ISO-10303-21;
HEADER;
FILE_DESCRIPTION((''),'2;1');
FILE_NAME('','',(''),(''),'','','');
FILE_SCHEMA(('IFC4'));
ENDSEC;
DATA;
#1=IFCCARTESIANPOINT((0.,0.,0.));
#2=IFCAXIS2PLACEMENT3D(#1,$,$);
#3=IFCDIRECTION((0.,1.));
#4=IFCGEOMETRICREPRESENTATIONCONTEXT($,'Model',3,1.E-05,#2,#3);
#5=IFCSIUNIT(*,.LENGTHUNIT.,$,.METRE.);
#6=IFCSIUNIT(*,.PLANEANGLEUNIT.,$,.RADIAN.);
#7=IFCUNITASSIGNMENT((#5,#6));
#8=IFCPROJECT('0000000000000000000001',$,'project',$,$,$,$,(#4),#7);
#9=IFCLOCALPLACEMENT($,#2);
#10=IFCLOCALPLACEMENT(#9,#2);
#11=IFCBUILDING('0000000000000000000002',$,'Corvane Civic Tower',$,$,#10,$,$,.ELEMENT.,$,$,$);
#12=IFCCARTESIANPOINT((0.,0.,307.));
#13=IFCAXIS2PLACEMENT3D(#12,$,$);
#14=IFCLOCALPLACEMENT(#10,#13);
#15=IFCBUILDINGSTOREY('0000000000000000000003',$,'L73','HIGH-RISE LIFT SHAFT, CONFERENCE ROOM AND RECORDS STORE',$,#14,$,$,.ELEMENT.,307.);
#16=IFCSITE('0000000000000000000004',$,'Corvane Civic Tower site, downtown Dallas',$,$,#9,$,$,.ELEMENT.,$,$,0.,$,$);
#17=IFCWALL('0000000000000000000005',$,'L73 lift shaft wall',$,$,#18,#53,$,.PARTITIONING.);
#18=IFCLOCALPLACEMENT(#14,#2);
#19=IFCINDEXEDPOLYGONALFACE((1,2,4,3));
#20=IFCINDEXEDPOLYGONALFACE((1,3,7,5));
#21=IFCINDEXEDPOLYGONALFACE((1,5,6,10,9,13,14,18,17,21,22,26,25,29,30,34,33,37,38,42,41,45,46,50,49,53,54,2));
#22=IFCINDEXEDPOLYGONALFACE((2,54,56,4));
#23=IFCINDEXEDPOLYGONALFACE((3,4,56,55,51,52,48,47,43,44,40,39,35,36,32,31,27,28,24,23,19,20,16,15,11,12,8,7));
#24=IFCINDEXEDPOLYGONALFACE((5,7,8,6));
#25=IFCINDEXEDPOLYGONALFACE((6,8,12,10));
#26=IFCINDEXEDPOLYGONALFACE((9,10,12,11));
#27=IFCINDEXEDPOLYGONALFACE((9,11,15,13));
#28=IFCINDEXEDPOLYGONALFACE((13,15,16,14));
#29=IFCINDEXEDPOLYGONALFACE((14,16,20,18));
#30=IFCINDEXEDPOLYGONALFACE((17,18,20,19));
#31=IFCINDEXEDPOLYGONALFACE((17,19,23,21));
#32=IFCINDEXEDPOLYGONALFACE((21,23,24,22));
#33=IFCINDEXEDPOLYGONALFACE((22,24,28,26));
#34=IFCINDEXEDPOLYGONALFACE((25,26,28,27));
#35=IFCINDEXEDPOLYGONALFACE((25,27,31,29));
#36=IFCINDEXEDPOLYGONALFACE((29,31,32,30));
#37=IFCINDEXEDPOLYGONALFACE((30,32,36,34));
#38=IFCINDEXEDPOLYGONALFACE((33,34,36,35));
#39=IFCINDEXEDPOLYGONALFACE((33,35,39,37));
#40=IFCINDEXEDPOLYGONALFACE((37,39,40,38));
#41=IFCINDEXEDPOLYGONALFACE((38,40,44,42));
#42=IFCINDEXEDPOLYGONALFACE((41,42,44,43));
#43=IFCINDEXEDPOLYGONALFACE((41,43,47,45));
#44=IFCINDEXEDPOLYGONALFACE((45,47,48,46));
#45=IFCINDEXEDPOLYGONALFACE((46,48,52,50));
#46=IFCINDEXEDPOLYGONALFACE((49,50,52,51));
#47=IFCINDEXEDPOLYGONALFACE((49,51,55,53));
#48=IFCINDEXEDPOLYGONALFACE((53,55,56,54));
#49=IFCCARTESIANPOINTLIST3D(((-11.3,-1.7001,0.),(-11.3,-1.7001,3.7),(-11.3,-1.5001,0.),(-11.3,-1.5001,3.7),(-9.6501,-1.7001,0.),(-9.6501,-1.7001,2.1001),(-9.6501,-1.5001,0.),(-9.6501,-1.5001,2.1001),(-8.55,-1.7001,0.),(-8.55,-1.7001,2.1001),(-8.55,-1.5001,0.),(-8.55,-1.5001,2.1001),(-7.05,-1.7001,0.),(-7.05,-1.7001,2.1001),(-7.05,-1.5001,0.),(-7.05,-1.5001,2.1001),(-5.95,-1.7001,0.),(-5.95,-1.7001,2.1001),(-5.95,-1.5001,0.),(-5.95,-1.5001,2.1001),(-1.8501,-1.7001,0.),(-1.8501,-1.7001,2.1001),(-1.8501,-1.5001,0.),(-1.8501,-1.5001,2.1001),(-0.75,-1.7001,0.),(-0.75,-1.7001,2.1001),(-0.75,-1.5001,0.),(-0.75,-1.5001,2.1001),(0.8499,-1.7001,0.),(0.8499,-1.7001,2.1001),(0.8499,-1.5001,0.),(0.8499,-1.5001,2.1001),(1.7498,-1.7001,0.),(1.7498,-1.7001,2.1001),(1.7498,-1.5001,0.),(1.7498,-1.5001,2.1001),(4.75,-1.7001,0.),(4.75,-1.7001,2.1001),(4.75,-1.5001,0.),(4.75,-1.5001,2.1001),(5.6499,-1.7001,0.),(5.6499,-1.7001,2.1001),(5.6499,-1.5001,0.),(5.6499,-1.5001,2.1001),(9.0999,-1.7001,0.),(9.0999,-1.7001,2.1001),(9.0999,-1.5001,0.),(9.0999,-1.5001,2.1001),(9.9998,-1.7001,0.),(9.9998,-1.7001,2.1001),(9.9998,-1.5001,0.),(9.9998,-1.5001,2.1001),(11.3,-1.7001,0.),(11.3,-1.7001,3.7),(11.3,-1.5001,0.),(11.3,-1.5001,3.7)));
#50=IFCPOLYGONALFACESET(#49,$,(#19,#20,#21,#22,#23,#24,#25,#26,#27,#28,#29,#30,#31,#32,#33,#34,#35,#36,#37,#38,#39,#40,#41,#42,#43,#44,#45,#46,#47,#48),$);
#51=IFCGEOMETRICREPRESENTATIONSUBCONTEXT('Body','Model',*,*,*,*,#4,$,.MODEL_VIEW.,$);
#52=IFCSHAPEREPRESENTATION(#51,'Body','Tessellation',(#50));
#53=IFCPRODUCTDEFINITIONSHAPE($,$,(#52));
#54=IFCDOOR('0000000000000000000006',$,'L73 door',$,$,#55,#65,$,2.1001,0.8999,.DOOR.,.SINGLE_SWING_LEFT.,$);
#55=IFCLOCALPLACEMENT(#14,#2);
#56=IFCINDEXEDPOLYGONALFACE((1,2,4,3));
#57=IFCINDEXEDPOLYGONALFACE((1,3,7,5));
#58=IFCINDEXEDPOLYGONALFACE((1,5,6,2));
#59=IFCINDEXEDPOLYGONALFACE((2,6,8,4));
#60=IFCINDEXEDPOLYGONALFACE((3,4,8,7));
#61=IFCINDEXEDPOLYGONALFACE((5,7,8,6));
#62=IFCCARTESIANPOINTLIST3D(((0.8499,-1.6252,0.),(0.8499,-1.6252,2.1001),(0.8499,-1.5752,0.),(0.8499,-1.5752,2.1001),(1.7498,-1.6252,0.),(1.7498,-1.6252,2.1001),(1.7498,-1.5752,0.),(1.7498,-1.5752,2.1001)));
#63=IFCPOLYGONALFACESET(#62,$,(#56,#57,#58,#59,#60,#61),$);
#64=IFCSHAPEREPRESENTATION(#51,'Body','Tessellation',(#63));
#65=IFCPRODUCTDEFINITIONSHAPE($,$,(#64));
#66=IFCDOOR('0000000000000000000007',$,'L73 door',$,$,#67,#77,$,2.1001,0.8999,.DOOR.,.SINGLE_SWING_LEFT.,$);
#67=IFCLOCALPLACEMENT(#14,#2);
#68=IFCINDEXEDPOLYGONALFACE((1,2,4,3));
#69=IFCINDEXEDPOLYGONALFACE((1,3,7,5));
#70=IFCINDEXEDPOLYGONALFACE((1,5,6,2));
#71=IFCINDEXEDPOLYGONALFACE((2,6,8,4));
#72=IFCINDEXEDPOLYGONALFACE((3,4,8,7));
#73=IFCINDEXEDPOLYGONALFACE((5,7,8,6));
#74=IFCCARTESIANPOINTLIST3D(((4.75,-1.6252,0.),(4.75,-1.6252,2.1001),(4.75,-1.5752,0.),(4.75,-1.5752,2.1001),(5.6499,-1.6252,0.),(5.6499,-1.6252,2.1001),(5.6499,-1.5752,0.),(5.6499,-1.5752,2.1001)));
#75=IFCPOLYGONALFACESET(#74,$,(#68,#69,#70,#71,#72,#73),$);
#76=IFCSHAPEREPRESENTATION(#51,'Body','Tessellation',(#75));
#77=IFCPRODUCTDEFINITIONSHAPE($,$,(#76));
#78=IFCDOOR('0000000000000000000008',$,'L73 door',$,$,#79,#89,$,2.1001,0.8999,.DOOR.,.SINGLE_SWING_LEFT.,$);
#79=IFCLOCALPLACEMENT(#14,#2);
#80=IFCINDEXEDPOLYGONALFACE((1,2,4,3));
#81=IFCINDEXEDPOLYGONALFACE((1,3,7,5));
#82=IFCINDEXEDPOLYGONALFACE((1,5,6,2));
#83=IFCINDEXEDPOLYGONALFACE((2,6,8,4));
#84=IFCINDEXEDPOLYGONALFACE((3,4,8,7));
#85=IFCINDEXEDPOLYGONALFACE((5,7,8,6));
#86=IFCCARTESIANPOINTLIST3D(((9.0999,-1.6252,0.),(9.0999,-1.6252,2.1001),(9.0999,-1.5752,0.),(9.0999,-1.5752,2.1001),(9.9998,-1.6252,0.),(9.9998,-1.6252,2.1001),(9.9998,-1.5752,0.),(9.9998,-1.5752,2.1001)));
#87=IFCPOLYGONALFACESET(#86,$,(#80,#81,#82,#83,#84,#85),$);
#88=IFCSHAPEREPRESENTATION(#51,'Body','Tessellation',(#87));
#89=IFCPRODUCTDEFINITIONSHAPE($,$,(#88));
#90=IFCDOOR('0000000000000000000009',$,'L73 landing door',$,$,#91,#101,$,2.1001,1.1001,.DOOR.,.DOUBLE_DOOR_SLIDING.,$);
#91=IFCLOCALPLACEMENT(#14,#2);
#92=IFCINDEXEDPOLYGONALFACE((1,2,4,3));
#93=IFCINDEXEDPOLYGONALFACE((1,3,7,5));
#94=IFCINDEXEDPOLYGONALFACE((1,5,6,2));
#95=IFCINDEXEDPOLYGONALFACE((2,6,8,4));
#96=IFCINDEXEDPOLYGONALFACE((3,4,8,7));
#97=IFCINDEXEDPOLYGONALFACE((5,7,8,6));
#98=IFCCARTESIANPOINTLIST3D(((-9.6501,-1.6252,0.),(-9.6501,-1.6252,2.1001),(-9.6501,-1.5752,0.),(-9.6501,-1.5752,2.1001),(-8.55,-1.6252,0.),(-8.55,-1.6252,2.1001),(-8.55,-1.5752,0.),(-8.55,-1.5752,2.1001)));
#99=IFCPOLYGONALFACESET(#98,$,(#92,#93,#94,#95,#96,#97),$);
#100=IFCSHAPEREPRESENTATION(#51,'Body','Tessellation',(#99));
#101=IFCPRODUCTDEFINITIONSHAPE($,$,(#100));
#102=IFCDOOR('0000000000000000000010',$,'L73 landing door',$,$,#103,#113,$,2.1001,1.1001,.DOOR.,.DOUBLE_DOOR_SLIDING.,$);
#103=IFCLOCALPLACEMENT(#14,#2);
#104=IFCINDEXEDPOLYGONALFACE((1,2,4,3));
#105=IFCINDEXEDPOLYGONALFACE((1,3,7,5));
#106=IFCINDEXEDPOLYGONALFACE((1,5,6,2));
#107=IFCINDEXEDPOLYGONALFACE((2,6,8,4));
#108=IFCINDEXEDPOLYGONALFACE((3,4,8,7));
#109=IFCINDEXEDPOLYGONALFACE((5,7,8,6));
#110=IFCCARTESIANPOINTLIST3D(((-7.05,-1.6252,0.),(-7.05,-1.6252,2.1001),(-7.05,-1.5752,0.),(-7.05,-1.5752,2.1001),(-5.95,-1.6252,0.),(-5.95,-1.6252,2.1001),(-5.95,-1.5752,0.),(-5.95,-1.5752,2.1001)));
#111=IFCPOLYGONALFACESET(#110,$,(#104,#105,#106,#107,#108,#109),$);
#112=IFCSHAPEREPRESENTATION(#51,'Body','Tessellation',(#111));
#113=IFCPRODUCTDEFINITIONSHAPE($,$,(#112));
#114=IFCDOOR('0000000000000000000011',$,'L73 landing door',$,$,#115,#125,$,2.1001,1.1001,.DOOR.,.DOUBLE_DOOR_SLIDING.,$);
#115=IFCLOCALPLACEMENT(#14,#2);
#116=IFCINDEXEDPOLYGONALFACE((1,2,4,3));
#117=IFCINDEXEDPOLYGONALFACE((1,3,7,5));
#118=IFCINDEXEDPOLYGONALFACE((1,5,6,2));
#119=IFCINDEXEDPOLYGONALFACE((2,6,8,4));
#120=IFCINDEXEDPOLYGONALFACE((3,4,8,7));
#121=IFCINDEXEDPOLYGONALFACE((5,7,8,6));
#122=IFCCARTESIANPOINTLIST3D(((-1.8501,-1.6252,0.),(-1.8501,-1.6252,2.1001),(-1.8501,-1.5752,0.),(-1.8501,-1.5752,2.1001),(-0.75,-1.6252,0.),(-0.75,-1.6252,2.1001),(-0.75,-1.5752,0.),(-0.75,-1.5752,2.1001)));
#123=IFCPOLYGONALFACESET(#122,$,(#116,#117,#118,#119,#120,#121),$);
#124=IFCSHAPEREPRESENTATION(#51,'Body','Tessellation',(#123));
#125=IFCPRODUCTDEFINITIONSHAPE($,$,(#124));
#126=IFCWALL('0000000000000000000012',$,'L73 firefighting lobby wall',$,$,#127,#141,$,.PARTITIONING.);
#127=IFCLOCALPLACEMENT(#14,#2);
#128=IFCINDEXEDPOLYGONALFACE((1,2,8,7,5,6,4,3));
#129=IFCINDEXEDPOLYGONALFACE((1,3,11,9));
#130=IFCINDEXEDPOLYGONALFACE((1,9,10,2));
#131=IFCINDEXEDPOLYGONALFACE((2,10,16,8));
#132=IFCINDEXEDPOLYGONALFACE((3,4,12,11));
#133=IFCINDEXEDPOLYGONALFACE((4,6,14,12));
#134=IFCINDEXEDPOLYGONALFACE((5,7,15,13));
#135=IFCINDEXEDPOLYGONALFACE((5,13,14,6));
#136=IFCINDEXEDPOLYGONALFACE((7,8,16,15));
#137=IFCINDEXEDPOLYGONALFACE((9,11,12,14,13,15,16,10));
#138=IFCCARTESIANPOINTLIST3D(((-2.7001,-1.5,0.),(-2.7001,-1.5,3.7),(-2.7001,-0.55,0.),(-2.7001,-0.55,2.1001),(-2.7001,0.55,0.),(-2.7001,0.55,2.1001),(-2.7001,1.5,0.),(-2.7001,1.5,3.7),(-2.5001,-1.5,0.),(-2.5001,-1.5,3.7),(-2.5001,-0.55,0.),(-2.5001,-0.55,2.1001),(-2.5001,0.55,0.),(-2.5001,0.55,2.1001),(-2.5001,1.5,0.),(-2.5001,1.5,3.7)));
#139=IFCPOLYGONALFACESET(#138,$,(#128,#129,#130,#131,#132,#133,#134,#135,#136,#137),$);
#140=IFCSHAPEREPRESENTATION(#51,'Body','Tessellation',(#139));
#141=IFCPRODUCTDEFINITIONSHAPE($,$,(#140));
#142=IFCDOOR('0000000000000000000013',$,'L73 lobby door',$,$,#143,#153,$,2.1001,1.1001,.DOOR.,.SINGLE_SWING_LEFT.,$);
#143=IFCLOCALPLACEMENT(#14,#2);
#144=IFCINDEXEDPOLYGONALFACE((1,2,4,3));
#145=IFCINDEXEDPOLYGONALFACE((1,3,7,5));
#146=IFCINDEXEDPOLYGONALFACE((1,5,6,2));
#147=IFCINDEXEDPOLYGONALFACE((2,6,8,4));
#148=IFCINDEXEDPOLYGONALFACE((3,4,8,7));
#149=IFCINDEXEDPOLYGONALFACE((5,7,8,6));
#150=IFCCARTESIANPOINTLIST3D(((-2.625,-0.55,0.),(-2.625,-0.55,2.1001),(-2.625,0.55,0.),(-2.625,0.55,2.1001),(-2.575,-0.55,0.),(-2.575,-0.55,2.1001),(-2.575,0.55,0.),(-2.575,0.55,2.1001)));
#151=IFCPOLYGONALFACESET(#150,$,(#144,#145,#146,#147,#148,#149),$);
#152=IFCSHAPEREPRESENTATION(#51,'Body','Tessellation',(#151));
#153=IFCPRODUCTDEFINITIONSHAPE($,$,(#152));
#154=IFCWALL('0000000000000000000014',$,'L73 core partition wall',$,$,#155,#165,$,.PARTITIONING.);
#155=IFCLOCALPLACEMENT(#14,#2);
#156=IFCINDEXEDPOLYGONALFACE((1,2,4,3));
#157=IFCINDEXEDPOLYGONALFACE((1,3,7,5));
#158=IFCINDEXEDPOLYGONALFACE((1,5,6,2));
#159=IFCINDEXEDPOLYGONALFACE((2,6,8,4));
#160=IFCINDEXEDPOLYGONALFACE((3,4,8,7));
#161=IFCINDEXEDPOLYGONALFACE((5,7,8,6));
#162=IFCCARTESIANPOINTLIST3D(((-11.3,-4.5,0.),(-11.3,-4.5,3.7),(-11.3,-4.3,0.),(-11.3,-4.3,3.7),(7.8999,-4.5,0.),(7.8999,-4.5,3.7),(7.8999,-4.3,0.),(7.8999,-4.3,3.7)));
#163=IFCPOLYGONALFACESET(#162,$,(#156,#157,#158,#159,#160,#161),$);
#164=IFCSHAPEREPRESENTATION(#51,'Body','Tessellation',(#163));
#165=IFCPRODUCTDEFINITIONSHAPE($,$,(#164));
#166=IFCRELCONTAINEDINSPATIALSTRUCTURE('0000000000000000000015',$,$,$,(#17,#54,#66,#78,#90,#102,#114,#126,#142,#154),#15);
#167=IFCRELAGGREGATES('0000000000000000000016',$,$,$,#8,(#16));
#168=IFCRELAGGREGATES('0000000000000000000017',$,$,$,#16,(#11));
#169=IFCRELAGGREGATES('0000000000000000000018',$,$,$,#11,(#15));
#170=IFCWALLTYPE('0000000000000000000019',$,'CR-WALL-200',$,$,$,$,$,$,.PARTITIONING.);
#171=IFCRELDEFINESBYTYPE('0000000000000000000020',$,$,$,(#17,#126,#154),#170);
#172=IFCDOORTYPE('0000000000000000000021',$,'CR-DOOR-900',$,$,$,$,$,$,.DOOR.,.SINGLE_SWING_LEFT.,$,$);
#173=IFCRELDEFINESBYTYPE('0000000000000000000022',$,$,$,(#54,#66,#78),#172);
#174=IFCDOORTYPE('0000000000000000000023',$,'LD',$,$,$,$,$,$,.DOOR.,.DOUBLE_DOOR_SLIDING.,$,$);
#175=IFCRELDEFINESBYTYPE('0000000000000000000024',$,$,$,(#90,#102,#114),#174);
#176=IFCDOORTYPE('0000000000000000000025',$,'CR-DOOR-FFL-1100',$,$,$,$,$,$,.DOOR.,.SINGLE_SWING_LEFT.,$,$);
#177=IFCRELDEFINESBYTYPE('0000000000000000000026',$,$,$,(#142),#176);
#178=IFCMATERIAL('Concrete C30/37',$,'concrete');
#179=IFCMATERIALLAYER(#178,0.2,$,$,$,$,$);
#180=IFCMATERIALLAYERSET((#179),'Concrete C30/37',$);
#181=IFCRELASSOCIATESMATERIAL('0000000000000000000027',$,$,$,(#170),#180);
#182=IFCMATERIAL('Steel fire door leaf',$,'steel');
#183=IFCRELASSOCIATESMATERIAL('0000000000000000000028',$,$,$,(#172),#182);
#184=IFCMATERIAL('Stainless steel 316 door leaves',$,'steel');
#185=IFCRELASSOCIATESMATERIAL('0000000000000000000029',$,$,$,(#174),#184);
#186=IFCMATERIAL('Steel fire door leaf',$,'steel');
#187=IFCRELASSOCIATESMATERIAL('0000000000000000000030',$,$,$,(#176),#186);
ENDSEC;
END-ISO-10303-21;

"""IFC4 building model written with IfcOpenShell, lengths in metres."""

from ifc_helpers import new_model, si_unit, direction, frame, frame_2d, origin, place, context, subcontext, project, spatial, polyline, rectangle, outline, extrude, material, layer, layer_set, type_object, element, fill, save


model = new_model("IFC4")

# Units and contexts
model_context = context("Model", 3, precision=1e-05, world=origin(), true_north=direction((0.0, 1.0)))
body_context = subcontext(model_context, "Body", "Model", "MODEL_VIEW")
ifc_project = project(units=[si_unit("LENGTHUNIT", "METRE"), si_unit("PLANEANGLEUNIT", "RADIAN")], contexts=[model_context])

# Site, building, storey
site_placement = place(None, origin())
site = spatial("IfcSite", under=ifc_project, at=site_placement, Name="Corvane Civic Tower site, downtown Dallas", CompositionType="ELEMENT", RefElevation=0.0)
building_placement = place(site_placement, origin())
building = spatial("IfcBuilding", under=site, at=building_placement, Name="Corvane Civic Tower", CompositionType="ELEMENT")
storey_placement = place(building_placement, frame((0.0, 0.0, 307.0)))
storey = spatial("IfcBuildingStorey", under=building, at=storey_placement, Name="L73", Description="HIGH-RISE LIFT SHAFT, CONFERENCE ROOM AND RECORDS STORE", CompositionType="ELEMENT", Elevation=307.0)

# Wall, openings, doors
ifc_material_1 = material(Name="Concrete C30/37", Category="concrete")
ifc_layer_1 = layer(ifc_material_1, 0.2)
ifc_layer_set_1 = layer_set([ifc_layer_1], Name="Concrete C30/37")
wall_type_1 = type_object("IfcWallType", Name="CR-WALL-200", PredefinedType="PARTITIONING", material=ifc_layer_set_1)
ifc_material_2 = material(Name="Steel fire door leaf", Category="steel")
door_type_1 = type_object("IfcDoorType", Name="CR-DOOR-900", OperationType="SINGLE_SWING_LEFT", PredefinedType="DOOR", material=ifc_material_2)
wall_1_placement = place(storey_placement, frame((-11.3, -1.6001, 0.0), z_axis=(0.0, 0.0, 1.0), x_axis=(1.0, 0.0, 0.0)))
wall_1 = element("IfcWall", 1, at=wall_1_placement, inside=storey, type_object=wall_type_1, Name="L73 lift shaft wall", PredefinedType="PARTITIONING", context=body_context, shape_type="SweptSolid", body=[
    extrude(rectangle(XDim=22.6001, YDim=0.2, at=frame_2d((11.3, 0.0))), origin(), (0.0, 0.0, 1.0), 3.7),
])
opening_1_placement = place(wall_1_placement, frame((1.6499, 0.0, 0.0)))
opening_1 = element("IfcOpeningElement", 2, at=opening_1_placement, cuts=wall_1, PredefinedType="OPENING", context=body_context, shape_type="SweptSolid", body=[
    extrude(rectangle(XDim=1.1001, YDim=2.1001, at=frame_2d((0.55, 1.05))), frame((0.0, 0.1099, 0.0), z_axis=(0.0, -1.0, 0.0), x_axis=(1.0, 0.0, 0.0)), (0.0, 0.0, 1.0), 0.22),
])
opening_2_placement = place(wall_1_placement, frame((4.25, 0.0, 0.0)))
opening_2 = element("IfcOpeningElement", 3, at=opening_2_placement, cuts=wall_1, PredefinedType="OPENING", context=body_context, shape_type="SweptSolid", body=[
    extrude(rectangle(XDim=1.1001, YDim=2.1001, at=frame_2d((0.55, 1.05))), frame((0.0, 0.1099, 0.0), z_axis=(0.0, -1.0, 0.0), x_axis=(1.0, 0.0, 0.0)), (0.0, 0.0, 1.0), 0.22),
])
opening_3_placement = place(wall_1_placement, frame((9.45, 0.0, 0.0)))
opening_3 = element("IfcOpeningElement", 4, at=opening_3_placement, cuts=wall_1, PredefinedType="OPENING", context=body_context, shape_type="SweptSolid", body=[
    extrude(rectangle(XDim=1.1001, YDim=2.1001, at=frame_2d((0.55, 1.05))), frame((0.0, 0.1099, 0.0), z_axis=(0.0, -1.0, 0.0), x_axis=(1.0, 0.0, 0.0)), (0.0, 0.0, 1.0), 0.22),
])
opening_4_placement = place(wall_1_placement, frame((12.1499, 0.0, 0.0)))
opening_4 = element("IfcOpeningElement", 5, at=opening_4_placement, cuts=wall_1, PredefinedType="OPENING", context=body_context, shape_type="SweptSolid", body=[
    extrude(rectangle(XDim=0.8999, YDim=2.1001, at=frame_2d((0.45, 1.05))), frame((0.0, 0.1099, 0.0), z_axis=(0.0, -1.0, 0.0), x_axis=(1.0, 0.0, 0.0)), (0.0, 0.0, 1.0), 0.22),
])
opening_5_placement = place(wall_1_placement, frame((16.05, 0.0, 0.0)))
opening_5 = element("IfcOpeningElement", 6, at=opening_5_placement, cuts=wall_1, PredefinedType="OPENING", context=body_context, shape_type="SweptSolid", body=[
    extrude(rectangle(XDim=0.8999, YDim=2.1001, at=frame_2d((0.45, 1.05))), frame((0.0, 0.1099, 0.0), z_axis=(0.0, -1.0, 0.0), x_axis=(1.0, 0.0, 0.0)), (0.0, 0.0, 1.0), 0.22),
])
opening_6_placement = place(wall_1_placement, frame((20.3999, 0.0, 0.0)))
opening_6 = element("IfcOpeningElement", 7, at=opening_6_placement, cuts=wall_1, PredefinedType="OPENING", context=body_context, shape_type="SweptSolid", body=[
    extrude(rectangle(XDim=0.8999, YDim=2.1001, at=frame_2d((0.45, 1.05))), frame((0.0, 0.1099, 0.0), z_axis=(0.0, -1.0, 0.0), x_axis=(1.0, 0.0, 0.0)), (0.0, 0.0, 1.0), 0.22),
])
door_1_placement = place(opening_4_placement, origin())
door_1 = element("IfcDoor", 8, at=door_1_placement, inside=storey, type_object=door_type_1, Name="L73 door", OperationType="SINGLE_SWING_LEFT", OverallHeight=2.1001, OverallWidth=0.8999, PredefinedType="DOOR", context=body_context, shape_type="SweptSolid", body=[
    extrude(rectangle(XDim=0.8999, YDim=2.1001, at=frame_2d((0.45, 1.05))), frame((0.0, 0.0249, 0.0), z_axis=(0.0, -1.0, 0.0), x_axis=(1.0, 0.0, 0.0)), (0.0, 0.0, 1.0), 0.05),
])
fill(opening_4, door_1)
door_2_placement = place(opening_5_placement, origin())
door_2 = element("IfcDoor", 9, at=door_2_placement, inside=storey, type_object=door_type_1, Name="L73 door", OperationType="SINGLE_SWING_LEFT", OverallHeight=2.1001, OverallWidth=0.8999, PredefinedType="DOOR", context=body_context, shape_type="SweptSolid", body=[
    extrude(rectangle(XDim=0.8999, YDim=2.1001, at=frame_2d((0.45, 1.05))), frame((0.0, 0.0249, 0.0), z_axis=(0.0, -1.0, 0.0), x_axis=(1.0, 0.0, 0.0)), (0.0, 0.0, 1.0), 0.05),
])
fill(opening_5, door_2)
door_3_placement = place(opening_6_placement, origin())
door_3 = element("IfcDoor", 10, at=door_3_placement, inside=storey, type_object=door_type_1, Name="L73 door", OperationType="SINGLE_SWING_LEFT", OverallHeight=2.1001, OverallWidth=0.8999, PredefinedType="DOOR", context=body_context, shape_type="SweptSolid", body=[
    extrude(rectangle(XDim=0.8999, YDim=2.1001, at=frame_2d((0.45, 1.05))), frame((0.0, 0.0249, 0.0), z_axis=(0.0, -1.0, 0.0), x_axis=(1.0, 0.0, 0.0)), (0.0, 0.0, 1.0), 0.05),
])
fill(opening_6, door_3)
ifc_material_3 = material(Name="Stainless steel 316 door leaves", Category="steel")
door_type_2 = type_object("IfcDoorType", Name="LD", OperationType="DOUBLE_DOOR_SLIDING", PredefinedType="DOOR", material=ifc_material_3)
door_4_placement = place(opening_1_placement, origin())
door_4 = element("IfcDoor", 11, at=door_4_placement, inside=storey, type_object=door_type_2, Name="L73 landing door", OperationType="DOUBLE_DOOR_SLIDING", OverallHeight=2.1001, OverallWidth=1.1001, PredefinedType="DOOR", context=body_context, shape_type="SweptSolid", body=[
    extrude(rectangle(XDim=1.1001, YDim=2.1001, at=frame_2d((0.55, 1.05))), frame((0.0, 0.0249, 0.0), z_axis=(0.0, -1.0, 0.0), x_axis=(1.0, 0.0, 0.0)), (0.0, 0.0, 1.0), 0.05),
])
fill(opening_1, door_4)
door_5_placement = place(opening_2_placement, origin())
door_5 = element("IfcDoor", 12, at=door_5_placement, inside=storey, type_object=door_type_2, Name="L73 landing door", OperationType="DOUBLE_DOOR_SLIDING", OverallHeight=2.1001, OverallWidth=1.1001, PredefinedType="DOOR", context=body_context, shape_type="SweptSolid", body=[
    extrude(rectangle(XDim=1.1001, YDim=2.1001, at=frame_2d((0.55, 1.05))), frame((0.0, 0.0249, 0.0), z_axis=(0.0, -1.0, 0.0), x_axis=(1.0, 0.0, 0.0)), (0.0, 0.0, 1.0), 0.05),
])
fill(opening_2, door_5)
door_6_placement = place(opening_3_placement, origin())
door_6 = element("IfcDoor", 13, at=door_6_placement, inside=storey, type_object=door_type_2, Name="L73 landing door", OperationType="DOUBLE_DOOR_SLIDING", OverallHeight=2.1001, OverallWidth=1.1001, PredefinedType="DOOR", context=body_context, shape_type="SweptSolid", body=[
    extrude(rectangle(XDim=1.1001, YDim=2.1001, at=frame_2d((0.55, 1.05))), frame((0.0, 0.0249, 0.0), z_axis=(0.0, -1.0, 0.0), x_axis=(1.0, 0.0, 0.0)), (0.0, 0.0, 1.0), 0.05),
])
fill(opening_3, door_6)

# Wall, opening, door
wall_2_placement = place(storey_placement, frame((-2.6001, -1.5, 0.0), z_axis=(0.0, 0.0, 1.0), x_axis=(0.0, 1.0, 0.0)))
wall_2 = element("IfcWall", 14, at=wall_2_placement, inside=storey, type_object=wall_type_1, Name="L73 firefighting lobby wall", PredefinedType="PARTITIONING", context=body_context, shape_type="SweptSolid", body=[
    extrude(rectangle(XDim=3.0, YDim=0.2, at=frame_2d((1.5, 0.0))), origin(), (0.0, 0.0, 1.0), 3.7),
])
opening_7_placement = place(wall_2_placement, frame((0.95, 0.0, 0.0)))
opening_7 = element("IfcOpeningElement", 15, at=opening_7_placement, cuts=wall_2, PredefinedType="OPENING", context=body_context, shape_type="SweptSolid", body=[
    extrude(rectangle(XDim=1.1001, YDim=2.1001, at=frame_2d((0.55, 1.05))), frame((0.0, 0.1099, 0.0), z_axis=(0.0, -1.0, 0.0), x_axis=(1.0, 0.0, 0.0)), (0.0, 0.0, 1.0), 0.22),
])
ifc_material_4 = material(Name="Steel fire door leaf", Category="steel")
door_type_3 = type_object("IfcDoorType", Name="CR-DOOR-FFL-1100", OperationType="SINGLE_SWING_LEFT", PredefinedType="DOOR", material=ifc_material_4)
door_7_placement = place(opening_7_placement, origin())
door_7 = element("IfcDoor", 16, at=door_7_placement, inside=storey, type_object=door_type_3, Name="L73 lobby door", OperationType="SINGLE_SWING_LEFT", OverallHeight=2.1001, OverallWidth=1.1001, PredefinedType="DOOR", context=body_context, shape_type="SweptSolid", body=[
    extrude(rectangle(XDim=1.1001, YDim=2.1001, at=frame_2d((0.55, 1.05))), frame((0.0, 0.0249, 0.0), z_axis=(0.0, -1.0, 0.0), x_axis=(1.0, 0.0, 0.0)), (0.0, 0.0, 1.0), 0.05),
])
fill(opening_7, door_7)

# Wall
wall_3_placement = place(storey_placement, origin())
element("IfcWall", 17, at=wall_3_placement, inside=storey, type_object=wall_type_1, Name="L73 core partition wall", PredefinedType="PARTITIONING", context=body_context, shape_type="SweptSolid", body=[
    extrude(outline(polyline([(7.8999, -4.3), (7.8999, -4.5), (-11.3, -4.5), (-11.3, -4.3), (7.8999, -4.3)])), origin(), (0.0, 0.0, 1.0), 3.7),
])

save(model, "model.ifc")
